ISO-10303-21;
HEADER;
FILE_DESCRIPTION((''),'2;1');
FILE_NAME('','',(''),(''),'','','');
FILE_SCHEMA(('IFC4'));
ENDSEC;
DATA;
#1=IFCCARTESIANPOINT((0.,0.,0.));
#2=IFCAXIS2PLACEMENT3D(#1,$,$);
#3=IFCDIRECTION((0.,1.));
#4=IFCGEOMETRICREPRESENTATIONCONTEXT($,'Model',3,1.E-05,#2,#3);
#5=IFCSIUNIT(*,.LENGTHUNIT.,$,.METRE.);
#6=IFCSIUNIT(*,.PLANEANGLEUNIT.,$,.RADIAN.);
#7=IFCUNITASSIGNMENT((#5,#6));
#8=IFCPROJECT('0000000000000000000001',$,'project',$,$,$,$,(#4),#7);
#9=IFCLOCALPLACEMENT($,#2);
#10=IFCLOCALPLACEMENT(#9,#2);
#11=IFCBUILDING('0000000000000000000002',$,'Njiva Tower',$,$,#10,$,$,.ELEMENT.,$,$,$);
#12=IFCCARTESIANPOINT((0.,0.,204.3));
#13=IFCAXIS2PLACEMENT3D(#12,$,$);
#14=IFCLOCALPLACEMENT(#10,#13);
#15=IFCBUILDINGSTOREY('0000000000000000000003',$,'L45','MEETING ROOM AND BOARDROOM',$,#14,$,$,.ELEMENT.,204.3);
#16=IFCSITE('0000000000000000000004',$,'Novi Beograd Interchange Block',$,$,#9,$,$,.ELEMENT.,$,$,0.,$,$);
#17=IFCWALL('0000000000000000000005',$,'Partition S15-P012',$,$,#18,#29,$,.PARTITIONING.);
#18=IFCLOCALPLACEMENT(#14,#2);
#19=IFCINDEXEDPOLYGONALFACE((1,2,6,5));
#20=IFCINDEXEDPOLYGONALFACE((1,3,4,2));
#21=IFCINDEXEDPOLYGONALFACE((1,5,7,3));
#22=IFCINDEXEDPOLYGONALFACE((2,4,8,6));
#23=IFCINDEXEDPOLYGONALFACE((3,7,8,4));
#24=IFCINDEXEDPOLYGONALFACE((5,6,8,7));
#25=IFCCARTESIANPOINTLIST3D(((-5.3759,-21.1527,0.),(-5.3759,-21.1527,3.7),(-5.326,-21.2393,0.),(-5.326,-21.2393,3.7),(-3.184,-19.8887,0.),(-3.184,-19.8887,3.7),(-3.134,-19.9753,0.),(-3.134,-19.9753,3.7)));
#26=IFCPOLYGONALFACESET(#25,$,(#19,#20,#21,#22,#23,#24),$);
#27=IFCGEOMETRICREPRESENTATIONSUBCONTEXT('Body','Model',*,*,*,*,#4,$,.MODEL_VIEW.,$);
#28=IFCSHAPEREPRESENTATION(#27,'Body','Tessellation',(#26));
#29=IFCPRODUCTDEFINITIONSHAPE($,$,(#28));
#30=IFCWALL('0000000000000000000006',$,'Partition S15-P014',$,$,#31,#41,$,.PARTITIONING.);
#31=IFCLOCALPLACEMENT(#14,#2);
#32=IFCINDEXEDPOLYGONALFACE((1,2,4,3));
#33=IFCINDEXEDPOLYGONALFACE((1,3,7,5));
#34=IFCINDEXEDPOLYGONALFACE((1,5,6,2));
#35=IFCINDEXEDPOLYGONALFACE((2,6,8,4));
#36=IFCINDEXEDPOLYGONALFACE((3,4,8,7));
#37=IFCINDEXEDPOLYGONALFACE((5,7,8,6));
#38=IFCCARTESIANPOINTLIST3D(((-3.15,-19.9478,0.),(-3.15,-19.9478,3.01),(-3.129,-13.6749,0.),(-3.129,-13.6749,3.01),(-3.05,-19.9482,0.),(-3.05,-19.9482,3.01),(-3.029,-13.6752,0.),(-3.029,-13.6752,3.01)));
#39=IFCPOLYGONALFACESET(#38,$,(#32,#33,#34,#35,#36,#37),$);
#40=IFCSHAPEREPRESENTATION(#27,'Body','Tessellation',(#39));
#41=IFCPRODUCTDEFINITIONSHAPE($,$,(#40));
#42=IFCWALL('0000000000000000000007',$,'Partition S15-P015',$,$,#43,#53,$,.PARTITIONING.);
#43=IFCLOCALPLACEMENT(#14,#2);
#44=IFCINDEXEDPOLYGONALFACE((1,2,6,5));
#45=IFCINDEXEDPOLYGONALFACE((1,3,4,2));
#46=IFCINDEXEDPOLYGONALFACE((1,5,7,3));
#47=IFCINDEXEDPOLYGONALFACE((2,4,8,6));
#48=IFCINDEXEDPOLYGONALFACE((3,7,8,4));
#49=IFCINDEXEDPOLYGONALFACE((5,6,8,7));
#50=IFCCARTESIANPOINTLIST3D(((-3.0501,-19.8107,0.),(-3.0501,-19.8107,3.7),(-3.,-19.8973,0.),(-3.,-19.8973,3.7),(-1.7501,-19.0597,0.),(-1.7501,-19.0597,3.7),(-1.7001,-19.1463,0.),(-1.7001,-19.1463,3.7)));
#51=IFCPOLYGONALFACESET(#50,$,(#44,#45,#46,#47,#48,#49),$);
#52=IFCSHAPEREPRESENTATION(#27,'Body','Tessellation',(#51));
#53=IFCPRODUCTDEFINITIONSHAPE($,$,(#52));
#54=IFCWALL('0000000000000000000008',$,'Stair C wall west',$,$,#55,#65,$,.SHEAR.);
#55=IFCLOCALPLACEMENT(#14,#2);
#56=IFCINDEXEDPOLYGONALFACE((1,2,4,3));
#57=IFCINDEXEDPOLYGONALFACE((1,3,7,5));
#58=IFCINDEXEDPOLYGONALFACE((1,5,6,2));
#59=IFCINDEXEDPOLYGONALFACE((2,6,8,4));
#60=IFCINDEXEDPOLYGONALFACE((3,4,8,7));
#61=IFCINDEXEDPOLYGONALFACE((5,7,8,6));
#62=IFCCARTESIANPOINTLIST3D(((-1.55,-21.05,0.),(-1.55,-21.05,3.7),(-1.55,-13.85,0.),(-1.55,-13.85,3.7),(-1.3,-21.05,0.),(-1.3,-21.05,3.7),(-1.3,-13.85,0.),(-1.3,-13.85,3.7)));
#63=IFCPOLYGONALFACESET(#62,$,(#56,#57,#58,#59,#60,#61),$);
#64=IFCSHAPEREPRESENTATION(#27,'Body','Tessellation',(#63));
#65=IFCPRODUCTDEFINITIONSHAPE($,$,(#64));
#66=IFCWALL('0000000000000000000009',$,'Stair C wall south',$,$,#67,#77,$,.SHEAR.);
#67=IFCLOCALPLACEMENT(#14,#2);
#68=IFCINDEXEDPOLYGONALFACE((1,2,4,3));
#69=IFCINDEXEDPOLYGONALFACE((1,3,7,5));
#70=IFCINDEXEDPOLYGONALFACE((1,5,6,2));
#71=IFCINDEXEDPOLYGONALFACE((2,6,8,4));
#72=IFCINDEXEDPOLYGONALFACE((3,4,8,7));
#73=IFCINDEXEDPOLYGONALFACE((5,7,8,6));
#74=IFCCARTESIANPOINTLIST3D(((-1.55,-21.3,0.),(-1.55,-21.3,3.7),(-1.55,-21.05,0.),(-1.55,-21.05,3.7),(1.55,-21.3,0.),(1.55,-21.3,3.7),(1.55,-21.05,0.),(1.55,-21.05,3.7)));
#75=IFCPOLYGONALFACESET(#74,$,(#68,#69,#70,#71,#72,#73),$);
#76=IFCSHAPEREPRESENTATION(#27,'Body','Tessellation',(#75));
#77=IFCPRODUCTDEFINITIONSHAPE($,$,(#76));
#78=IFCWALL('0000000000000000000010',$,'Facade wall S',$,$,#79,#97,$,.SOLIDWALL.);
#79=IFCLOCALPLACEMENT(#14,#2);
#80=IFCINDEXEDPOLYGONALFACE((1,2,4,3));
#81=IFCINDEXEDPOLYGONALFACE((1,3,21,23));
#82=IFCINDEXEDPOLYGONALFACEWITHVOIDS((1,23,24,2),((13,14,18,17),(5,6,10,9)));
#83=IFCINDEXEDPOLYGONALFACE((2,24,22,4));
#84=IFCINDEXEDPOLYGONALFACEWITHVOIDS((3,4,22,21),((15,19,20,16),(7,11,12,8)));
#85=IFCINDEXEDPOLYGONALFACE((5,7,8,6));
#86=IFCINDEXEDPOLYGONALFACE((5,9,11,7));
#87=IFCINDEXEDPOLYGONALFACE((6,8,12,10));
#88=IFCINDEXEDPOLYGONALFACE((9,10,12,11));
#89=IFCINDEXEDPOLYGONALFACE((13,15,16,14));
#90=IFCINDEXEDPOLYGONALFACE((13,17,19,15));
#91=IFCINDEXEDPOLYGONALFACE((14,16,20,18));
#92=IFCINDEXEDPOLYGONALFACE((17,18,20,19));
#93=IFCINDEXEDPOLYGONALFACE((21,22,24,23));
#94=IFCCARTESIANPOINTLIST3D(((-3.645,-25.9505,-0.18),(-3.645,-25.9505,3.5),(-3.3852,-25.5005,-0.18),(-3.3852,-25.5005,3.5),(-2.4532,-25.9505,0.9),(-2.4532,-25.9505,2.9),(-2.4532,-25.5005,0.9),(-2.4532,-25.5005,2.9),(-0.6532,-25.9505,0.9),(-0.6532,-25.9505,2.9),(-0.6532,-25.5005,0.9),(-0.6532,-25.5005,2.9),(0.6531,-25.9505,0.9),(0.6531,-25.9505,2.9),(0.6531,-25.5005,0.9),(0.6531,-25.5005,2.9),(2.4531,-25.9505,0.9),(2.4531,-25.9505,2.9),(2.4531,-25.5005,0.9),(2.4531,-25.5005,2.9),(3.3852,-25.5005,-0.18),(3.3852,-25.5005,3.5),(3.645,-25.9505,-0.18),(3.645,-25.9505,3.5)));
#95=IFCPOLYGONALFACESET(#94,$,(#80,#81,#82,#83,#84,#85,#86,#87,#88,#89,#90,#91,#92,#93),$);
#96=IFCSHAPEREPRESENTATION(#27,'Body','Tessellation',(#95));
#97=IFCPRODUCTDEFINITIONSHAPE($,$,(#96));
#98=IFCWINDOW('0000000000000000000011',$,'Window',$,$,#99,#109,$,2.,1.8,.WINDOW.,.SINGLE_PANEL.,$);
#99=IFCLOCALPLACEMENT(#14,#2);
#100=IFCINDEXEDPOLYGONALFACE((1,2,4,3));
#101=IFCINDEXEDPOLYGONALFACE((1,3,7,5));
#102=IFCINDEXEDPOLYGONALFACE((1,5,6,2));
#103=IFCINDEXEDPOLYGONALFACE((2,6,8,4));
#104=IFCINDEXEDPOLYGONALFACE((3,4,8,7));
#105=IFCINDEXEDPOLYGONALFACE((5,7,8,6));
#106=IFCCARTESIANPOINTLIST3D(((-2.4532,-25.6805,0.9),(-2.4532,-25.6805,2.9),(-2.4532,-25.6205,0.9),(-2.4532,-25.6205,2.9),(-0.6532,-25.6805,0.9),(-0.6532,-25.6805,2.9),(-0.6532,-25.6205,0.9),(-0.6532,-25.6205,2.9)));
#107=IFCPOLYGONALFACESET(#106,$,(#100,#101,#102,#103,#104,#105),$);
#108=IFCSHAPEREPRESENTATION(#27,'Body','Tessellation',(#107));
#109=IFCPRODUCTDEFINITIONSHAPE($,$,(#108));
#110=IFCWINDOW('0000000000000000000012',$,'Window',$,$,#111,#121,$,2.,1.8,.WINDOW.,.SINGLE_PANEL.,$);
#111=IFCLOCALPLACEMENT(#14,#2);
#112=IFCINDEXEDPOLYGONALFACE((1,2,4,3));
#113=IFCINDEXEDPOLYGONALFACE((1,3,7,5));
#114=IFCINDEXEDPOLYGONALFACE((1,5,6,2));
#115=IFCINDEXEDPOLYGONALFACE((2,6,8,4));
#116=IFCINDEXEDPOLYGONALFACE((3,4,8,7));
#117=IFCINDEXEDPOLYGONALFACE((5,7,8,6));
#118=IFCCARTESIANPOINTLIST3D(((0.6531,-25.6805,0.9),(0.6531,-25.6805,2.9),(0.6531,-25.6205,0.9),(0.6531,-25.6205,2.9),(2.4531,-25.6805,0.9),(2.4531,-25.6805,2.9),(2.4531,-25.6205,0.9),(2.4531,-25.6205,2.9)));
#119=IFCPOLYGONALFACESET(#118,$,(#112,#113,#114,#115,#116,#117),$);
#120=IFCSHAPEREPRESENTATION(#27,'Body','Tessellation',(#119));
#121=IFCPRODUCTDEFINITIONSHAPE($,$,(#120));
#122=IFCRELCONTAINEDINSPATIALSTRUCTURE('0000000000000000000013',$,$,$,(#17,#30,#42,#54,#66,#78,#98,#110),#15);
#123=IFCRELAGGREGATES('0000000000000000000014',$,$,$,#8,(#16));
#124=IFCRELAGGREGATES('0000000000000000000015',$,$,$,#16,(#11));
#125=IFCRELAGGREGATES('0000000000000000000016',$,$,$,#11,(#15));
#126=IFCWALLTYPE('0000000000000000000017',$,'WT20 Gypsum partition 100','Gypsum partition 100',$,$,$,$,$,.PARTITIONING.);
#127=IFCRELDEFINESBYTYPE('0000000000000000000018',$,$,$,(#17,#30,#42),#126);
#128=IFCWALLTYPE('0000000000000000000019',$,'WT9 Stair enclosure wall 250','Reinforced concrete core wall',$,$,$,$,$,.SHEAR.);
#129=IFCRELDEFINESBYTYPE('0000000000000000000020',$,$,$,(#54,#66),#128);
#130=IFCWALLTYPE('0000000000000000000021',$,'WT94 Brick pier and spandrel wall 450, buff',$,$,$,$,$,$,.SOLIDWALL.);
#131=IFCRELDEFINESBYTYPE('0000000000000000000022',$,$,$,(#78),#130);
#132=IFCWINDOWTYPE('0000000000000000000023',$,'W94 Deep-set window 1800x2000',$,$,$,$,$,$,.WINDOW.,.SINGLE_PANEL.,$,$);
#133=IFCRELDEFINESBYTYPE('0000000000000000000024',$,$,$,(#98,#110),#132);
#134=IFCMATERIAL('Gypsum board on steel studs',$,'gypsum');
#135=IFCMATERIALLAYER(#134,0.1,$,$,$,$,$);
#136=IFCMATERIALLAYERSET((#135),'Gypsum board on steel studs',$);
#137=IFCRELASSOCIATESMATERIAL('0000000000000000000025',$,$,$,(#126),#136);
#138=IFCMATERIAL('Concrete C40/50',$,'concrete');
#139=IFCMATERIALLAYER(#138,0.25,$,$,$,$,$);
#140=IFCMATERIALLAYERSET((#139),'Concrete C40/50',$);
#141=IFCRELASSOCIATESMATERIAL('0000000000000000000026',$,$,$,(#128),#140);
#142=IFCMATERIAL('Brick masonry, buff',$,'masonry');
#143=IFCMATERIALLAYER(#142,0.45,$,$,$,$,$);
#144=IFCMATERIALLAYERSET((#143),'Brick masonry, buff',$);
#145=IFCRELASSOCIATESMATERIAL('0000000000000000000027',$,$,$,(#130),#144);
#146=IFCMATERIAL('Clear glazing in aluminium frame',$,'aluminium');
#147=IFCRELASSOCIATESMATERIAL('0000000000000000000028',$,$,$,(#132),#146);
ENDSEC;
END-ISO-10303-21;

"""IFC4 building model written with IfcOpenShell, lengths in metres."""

from ifc_helpers import new_model, si_unit, direction, frame, frame_2d, origin, place, context, subcontext, project, spatial, polyline, rectangle, outline, extrude, material, layer, layer_set, type_object, element, fill, save


model = new_model("IFC4")

# Units and contexts
model_context = context("Model", 3, precision=1e-05, world=origin(), true_north=direction((0.0, 1.0)))
body_context = subcontext(model_context, "Body", "Model", "MODEL_VIEW")
ifc_project = project(units=[si_unit("LENGTHUNIT", "METRE"), si_unit("PLANEANGLEUNIT", "RADIAN")], contexts=[model_context])

# Site, building, storey
site_placement = place(None, origin())
site = spatial("IfcSite", under=ifc_project, at=site_placement, Name="Novi Beograd Interchange Block", CompositionType="ELEMENT", RefElevation=0.0)
building_placement = place(site_placement, origin())
building = spatial("IfcBuilding", under=site, at=building_placement, Name="Njiva Tower", CompositionType="ELEMENT")
storey_placement = place(building_placement, frame((0.0, 0.0, 204.3)))
storey = spatial("IfcBuildingStorey", under=building, at=storey_placement, Name="L45", Description="MEETING ROOM AND BOARDROOM", CompositionType="ELEMENT", Elevation=204.3)

# Walls
ifc_material_1 = material(Name="Gypsum board on steel studs", Category="gypsum")
ifc_layer_1 = layer(ifc_material_1, 0.1)
ifc_layer_set_1 = layer_set([ifc_layer_1], Name="Gypsum board on steel studs")
wall_type_1 = type_object("IfcWallType", Name="WT20 Gypsum partition 100", Description="Gypsum partition 100", PredefinedType="PARTITIONING", material=ifc_layer_set_1)
wall_1_placement = place(storey_placement, frame((-5.351, -21.196, 0.0), z_axis=(0.0, 0.0, 1.0), x_axis=(0.866291, 0.49954, 0.0)))
element("IfcWall", 1, at=wall_1_placement, inside=storey, type_object=wall_type_1, Name="Partition S15-P012", PredefinedType="PARTITIONING", context=body_context, shape_type="SweptSolid", body=[
    extrude(rectangle(XDim=2.5303, YDim=0.1, at=frame_2d((1.2652, 0.0))), origin(), (0.0, 0.0, 1.0), 3.7),
])
wall_2_placement = place(storey_placement, frame((-3.1, -19.948, 0.0), z_axis=(0.0, 0.0, 1.0), x_axis=(0.003348, 0.999994, 0.0)))
element("IfcWall", 2, at=wall_2_placement, inside=storey, type_object=wall_type_1, Name="Partition S15-P014", PredefinedType="PARTITIONING", context=body_context, shape_type="SweptSolid", body=[
    extrude(rectangle(XDim=6.273, YDim=0.1, at=frame_2d((3.1365, 0.0))), origin(), (0.0, 0.0, 1.0), 3.01),
])
wall_3_placement = place(storey_placement, frame((-3.025, -19.854, 0.0), z_axis=(0.0, 0.0, 1.0), x_axis=(0.865897, 0.500222, 0.0)))
element("IfcWall", 3, at=wall_3_placement, inside=storey, type_object=wall_type_1, Name="Partition S15-P015", PredefinedType="PARTITIONING", context=body_context, shape_type="SweptSolid", body=[
    extrude(rectangle(XDim=1.5013, YDim=0.1, at=frame_2d((0.7506, 0.0))), origin(), (0.0, 0.0, 1.0), 3.7),
])
ifc_material_2 = material(Name="Concrete C40/50", Category="concrete")
ifc_layer_2 = layer(ifc_material_2, 0.25)
ifc_layer_set_2 = layer_set([ifc_layer_2], Name="Concrete C40/50")
wall_type_2 = type_object("IfcWallType", Name="WT9 Stair enclosure wall 250", Description="Reinforced concrete core wall", PredefinedType="SHEAR", material=ifc_layer_set_2)
wall_4_placement = place(storey_placement, frame((-1.425, -21.05, 0.0), z_axis=(0.0, 0.0, 1.0), x_axis=(0.0, 1.0, 0.0)))
element("IfcWall", 4, at=wall_4_placement, inside=storey, type_object=wall_type_2, Name="Stair C wall west", PredefinedType="SHEAR", context=body_context, shape_type="SweptSolid", body=[
    extrude(rectangle(XDim=7.2, YDim=0.25, at=frame_2d((3.6, 0.0))), origin(), (0.0, 0.0, 1.0), 3.7),
])
wall_5_placement = place(storey_placement, frame((-1.55, -21.175, 0.0), z_axis=(0.0, 0.0, 1.0), x_axis=(1.0, 0.0, 0.0)))
element("IfcWall", 5, at=wall_5_placement, inside=storey, type_object=wall_type_2, Name="Stair C wall south", PredefinedType="SHEAR", context=body_context, shape_type="SweptSolid", body=[
    extrude(rectangle(XDim=3.1, YDim=0.25, at=frame_2d((1.55, 0.0))), origin(), (0.0, 0.0, 1.0), 3.7),
])

# Wall, openings, windows
ifc_material_3 = material(Name="Brick masonry, buff", Category="masonry")
ifc_layer_3 = layer(ifc_material_3, 0.45)
ifc_layer_set_3 = layer_set([ifc_layer_3], Name="Brick masonry, buff")
wall_type_3 = type_object("IfcWallType", Name="WT94 Brick pier and spandrel wall 450, buff", PredefinedType="SOLIDWALL", material=ifc_layer_set_3)
wall_6_placement = place(storey_placement, frame((-3.5151, -25.7255, -0.18), z_axis=(0.0, 0.0, 1.0), x_axis=(1.0, 0.0, 0.0)))
wall_6 = element("IfcWall", 6, at=wall_6_placement, inside=storey, type_object=wall_type_3, Name="Facade wall S", PredefinedType="SOLIDWALL", context=body_context, shape_type="SweptSolid", body=[
    extrude(outline(polyline([(-0.1299, -0.225), (7.1601, -0.225), (6.9003, 0.225), (0.1299, 0.225), (-0.1299, -0.225)])), origin(), (0.0, 0.0, 1.0), 3.68),
])
opening_1_placement = place(wall_6_placement, frame((1.0619, 0.0, 1.08)))
opening_1 = element("IfcOpeningElement", 7, at=opening_1_placement, cuts=wall_6, PredefinedType="OPENING", context=body_context, shape_type="SweptSolid", body=[
    extrude(rectangle(XDim=1.8, YDim=2.0, at=frame_2d((0.9, 1.0))), frame((0.0, 0.235, 0.0), z_axis=(0.0, -1.0, 0.0), x_axis=(1.0, 0.0, 0.0)), (0.0, 0.0, 1.0), 0.47),
])
opening_2_placement = place(wall_6_placement, frame((4.1682, 0.0, 1.08)))
opening_2 = element("IfcOpeningElement", 8, at=opening_2_placement, cuts=wall_6, PredefinedType="OPENING", context=body_context, shape_type="SweptSolid", body=[
    extrude(rectangle(XDim=1.8, YDim=2.0, at=frame_2d((0.9, 1.0))), frame((0.0, 0.235, 0.0), z_axis=(0.0, -1.0, 0.0), x_axis=(1.0, 0.0, 0.0)), (0.0, 0.0, 1.0), 0.47),
])
ifc_material_4 = material(Name="Clear glazing in aluminium frame", Category="aluminium")
window_type = type_object("IfcWindowType", Name="W94 Deep-set window 1800x2000", PartitioningType="SINGLE_PANEL", PredefinedType="WINDOW", material=ifc_material_4)
window_1_placement = place(opening_1_placement, origin())
window_1 = element("IfcWindow", 9, at=window_1_placement, inside=storey, type_object=window_type, Name="Window", OverallHeight=2.0, OverallWidth=1.8, PartitioningType="SINGLE_PANEL", PredefinedType="WINDOW", context=body_context, shape_type="SweptSolid", body=[
    extrude(rectangle(XDim=1.8, YDim=2.0, at=frame_2d((0.9, 1.0))), frame((0.0, 0.105, 0.0), z_axis=(0.0, -1.0, 0.0), x_axis=(1.0, 0.0, 0.0)), (0.0, 0.0, 1.0), 0.06),
])
fill(opening_1, window_1)
window_2_placement = place(opening_2_placement, origin())
window_2 = element("IfcWindow", 10, at=window_2_placement, inside=storey, type_object=window_type, Name="Window", OverallHeight=2.0, OverallWidth=1.8, PartitioningType="SINGLE_PANEL", PredefinedType="WINDOW", context=body_context, shape_type="SweptSolid", body=[
    extrude(rectangle(XDim=1.8, YDim=2.0, at=frame_2d((0.9, 1.0))), frame((0.0, 0.105, 0.0), z_axis=(0.0, -1.0, 0.0), x_axis=(1.0, 0.0, 0.0)), (0.0, 0.0, 1.0), 0.06),
])
fill(opening_2, window_2)

save(model, "model.ifc")
